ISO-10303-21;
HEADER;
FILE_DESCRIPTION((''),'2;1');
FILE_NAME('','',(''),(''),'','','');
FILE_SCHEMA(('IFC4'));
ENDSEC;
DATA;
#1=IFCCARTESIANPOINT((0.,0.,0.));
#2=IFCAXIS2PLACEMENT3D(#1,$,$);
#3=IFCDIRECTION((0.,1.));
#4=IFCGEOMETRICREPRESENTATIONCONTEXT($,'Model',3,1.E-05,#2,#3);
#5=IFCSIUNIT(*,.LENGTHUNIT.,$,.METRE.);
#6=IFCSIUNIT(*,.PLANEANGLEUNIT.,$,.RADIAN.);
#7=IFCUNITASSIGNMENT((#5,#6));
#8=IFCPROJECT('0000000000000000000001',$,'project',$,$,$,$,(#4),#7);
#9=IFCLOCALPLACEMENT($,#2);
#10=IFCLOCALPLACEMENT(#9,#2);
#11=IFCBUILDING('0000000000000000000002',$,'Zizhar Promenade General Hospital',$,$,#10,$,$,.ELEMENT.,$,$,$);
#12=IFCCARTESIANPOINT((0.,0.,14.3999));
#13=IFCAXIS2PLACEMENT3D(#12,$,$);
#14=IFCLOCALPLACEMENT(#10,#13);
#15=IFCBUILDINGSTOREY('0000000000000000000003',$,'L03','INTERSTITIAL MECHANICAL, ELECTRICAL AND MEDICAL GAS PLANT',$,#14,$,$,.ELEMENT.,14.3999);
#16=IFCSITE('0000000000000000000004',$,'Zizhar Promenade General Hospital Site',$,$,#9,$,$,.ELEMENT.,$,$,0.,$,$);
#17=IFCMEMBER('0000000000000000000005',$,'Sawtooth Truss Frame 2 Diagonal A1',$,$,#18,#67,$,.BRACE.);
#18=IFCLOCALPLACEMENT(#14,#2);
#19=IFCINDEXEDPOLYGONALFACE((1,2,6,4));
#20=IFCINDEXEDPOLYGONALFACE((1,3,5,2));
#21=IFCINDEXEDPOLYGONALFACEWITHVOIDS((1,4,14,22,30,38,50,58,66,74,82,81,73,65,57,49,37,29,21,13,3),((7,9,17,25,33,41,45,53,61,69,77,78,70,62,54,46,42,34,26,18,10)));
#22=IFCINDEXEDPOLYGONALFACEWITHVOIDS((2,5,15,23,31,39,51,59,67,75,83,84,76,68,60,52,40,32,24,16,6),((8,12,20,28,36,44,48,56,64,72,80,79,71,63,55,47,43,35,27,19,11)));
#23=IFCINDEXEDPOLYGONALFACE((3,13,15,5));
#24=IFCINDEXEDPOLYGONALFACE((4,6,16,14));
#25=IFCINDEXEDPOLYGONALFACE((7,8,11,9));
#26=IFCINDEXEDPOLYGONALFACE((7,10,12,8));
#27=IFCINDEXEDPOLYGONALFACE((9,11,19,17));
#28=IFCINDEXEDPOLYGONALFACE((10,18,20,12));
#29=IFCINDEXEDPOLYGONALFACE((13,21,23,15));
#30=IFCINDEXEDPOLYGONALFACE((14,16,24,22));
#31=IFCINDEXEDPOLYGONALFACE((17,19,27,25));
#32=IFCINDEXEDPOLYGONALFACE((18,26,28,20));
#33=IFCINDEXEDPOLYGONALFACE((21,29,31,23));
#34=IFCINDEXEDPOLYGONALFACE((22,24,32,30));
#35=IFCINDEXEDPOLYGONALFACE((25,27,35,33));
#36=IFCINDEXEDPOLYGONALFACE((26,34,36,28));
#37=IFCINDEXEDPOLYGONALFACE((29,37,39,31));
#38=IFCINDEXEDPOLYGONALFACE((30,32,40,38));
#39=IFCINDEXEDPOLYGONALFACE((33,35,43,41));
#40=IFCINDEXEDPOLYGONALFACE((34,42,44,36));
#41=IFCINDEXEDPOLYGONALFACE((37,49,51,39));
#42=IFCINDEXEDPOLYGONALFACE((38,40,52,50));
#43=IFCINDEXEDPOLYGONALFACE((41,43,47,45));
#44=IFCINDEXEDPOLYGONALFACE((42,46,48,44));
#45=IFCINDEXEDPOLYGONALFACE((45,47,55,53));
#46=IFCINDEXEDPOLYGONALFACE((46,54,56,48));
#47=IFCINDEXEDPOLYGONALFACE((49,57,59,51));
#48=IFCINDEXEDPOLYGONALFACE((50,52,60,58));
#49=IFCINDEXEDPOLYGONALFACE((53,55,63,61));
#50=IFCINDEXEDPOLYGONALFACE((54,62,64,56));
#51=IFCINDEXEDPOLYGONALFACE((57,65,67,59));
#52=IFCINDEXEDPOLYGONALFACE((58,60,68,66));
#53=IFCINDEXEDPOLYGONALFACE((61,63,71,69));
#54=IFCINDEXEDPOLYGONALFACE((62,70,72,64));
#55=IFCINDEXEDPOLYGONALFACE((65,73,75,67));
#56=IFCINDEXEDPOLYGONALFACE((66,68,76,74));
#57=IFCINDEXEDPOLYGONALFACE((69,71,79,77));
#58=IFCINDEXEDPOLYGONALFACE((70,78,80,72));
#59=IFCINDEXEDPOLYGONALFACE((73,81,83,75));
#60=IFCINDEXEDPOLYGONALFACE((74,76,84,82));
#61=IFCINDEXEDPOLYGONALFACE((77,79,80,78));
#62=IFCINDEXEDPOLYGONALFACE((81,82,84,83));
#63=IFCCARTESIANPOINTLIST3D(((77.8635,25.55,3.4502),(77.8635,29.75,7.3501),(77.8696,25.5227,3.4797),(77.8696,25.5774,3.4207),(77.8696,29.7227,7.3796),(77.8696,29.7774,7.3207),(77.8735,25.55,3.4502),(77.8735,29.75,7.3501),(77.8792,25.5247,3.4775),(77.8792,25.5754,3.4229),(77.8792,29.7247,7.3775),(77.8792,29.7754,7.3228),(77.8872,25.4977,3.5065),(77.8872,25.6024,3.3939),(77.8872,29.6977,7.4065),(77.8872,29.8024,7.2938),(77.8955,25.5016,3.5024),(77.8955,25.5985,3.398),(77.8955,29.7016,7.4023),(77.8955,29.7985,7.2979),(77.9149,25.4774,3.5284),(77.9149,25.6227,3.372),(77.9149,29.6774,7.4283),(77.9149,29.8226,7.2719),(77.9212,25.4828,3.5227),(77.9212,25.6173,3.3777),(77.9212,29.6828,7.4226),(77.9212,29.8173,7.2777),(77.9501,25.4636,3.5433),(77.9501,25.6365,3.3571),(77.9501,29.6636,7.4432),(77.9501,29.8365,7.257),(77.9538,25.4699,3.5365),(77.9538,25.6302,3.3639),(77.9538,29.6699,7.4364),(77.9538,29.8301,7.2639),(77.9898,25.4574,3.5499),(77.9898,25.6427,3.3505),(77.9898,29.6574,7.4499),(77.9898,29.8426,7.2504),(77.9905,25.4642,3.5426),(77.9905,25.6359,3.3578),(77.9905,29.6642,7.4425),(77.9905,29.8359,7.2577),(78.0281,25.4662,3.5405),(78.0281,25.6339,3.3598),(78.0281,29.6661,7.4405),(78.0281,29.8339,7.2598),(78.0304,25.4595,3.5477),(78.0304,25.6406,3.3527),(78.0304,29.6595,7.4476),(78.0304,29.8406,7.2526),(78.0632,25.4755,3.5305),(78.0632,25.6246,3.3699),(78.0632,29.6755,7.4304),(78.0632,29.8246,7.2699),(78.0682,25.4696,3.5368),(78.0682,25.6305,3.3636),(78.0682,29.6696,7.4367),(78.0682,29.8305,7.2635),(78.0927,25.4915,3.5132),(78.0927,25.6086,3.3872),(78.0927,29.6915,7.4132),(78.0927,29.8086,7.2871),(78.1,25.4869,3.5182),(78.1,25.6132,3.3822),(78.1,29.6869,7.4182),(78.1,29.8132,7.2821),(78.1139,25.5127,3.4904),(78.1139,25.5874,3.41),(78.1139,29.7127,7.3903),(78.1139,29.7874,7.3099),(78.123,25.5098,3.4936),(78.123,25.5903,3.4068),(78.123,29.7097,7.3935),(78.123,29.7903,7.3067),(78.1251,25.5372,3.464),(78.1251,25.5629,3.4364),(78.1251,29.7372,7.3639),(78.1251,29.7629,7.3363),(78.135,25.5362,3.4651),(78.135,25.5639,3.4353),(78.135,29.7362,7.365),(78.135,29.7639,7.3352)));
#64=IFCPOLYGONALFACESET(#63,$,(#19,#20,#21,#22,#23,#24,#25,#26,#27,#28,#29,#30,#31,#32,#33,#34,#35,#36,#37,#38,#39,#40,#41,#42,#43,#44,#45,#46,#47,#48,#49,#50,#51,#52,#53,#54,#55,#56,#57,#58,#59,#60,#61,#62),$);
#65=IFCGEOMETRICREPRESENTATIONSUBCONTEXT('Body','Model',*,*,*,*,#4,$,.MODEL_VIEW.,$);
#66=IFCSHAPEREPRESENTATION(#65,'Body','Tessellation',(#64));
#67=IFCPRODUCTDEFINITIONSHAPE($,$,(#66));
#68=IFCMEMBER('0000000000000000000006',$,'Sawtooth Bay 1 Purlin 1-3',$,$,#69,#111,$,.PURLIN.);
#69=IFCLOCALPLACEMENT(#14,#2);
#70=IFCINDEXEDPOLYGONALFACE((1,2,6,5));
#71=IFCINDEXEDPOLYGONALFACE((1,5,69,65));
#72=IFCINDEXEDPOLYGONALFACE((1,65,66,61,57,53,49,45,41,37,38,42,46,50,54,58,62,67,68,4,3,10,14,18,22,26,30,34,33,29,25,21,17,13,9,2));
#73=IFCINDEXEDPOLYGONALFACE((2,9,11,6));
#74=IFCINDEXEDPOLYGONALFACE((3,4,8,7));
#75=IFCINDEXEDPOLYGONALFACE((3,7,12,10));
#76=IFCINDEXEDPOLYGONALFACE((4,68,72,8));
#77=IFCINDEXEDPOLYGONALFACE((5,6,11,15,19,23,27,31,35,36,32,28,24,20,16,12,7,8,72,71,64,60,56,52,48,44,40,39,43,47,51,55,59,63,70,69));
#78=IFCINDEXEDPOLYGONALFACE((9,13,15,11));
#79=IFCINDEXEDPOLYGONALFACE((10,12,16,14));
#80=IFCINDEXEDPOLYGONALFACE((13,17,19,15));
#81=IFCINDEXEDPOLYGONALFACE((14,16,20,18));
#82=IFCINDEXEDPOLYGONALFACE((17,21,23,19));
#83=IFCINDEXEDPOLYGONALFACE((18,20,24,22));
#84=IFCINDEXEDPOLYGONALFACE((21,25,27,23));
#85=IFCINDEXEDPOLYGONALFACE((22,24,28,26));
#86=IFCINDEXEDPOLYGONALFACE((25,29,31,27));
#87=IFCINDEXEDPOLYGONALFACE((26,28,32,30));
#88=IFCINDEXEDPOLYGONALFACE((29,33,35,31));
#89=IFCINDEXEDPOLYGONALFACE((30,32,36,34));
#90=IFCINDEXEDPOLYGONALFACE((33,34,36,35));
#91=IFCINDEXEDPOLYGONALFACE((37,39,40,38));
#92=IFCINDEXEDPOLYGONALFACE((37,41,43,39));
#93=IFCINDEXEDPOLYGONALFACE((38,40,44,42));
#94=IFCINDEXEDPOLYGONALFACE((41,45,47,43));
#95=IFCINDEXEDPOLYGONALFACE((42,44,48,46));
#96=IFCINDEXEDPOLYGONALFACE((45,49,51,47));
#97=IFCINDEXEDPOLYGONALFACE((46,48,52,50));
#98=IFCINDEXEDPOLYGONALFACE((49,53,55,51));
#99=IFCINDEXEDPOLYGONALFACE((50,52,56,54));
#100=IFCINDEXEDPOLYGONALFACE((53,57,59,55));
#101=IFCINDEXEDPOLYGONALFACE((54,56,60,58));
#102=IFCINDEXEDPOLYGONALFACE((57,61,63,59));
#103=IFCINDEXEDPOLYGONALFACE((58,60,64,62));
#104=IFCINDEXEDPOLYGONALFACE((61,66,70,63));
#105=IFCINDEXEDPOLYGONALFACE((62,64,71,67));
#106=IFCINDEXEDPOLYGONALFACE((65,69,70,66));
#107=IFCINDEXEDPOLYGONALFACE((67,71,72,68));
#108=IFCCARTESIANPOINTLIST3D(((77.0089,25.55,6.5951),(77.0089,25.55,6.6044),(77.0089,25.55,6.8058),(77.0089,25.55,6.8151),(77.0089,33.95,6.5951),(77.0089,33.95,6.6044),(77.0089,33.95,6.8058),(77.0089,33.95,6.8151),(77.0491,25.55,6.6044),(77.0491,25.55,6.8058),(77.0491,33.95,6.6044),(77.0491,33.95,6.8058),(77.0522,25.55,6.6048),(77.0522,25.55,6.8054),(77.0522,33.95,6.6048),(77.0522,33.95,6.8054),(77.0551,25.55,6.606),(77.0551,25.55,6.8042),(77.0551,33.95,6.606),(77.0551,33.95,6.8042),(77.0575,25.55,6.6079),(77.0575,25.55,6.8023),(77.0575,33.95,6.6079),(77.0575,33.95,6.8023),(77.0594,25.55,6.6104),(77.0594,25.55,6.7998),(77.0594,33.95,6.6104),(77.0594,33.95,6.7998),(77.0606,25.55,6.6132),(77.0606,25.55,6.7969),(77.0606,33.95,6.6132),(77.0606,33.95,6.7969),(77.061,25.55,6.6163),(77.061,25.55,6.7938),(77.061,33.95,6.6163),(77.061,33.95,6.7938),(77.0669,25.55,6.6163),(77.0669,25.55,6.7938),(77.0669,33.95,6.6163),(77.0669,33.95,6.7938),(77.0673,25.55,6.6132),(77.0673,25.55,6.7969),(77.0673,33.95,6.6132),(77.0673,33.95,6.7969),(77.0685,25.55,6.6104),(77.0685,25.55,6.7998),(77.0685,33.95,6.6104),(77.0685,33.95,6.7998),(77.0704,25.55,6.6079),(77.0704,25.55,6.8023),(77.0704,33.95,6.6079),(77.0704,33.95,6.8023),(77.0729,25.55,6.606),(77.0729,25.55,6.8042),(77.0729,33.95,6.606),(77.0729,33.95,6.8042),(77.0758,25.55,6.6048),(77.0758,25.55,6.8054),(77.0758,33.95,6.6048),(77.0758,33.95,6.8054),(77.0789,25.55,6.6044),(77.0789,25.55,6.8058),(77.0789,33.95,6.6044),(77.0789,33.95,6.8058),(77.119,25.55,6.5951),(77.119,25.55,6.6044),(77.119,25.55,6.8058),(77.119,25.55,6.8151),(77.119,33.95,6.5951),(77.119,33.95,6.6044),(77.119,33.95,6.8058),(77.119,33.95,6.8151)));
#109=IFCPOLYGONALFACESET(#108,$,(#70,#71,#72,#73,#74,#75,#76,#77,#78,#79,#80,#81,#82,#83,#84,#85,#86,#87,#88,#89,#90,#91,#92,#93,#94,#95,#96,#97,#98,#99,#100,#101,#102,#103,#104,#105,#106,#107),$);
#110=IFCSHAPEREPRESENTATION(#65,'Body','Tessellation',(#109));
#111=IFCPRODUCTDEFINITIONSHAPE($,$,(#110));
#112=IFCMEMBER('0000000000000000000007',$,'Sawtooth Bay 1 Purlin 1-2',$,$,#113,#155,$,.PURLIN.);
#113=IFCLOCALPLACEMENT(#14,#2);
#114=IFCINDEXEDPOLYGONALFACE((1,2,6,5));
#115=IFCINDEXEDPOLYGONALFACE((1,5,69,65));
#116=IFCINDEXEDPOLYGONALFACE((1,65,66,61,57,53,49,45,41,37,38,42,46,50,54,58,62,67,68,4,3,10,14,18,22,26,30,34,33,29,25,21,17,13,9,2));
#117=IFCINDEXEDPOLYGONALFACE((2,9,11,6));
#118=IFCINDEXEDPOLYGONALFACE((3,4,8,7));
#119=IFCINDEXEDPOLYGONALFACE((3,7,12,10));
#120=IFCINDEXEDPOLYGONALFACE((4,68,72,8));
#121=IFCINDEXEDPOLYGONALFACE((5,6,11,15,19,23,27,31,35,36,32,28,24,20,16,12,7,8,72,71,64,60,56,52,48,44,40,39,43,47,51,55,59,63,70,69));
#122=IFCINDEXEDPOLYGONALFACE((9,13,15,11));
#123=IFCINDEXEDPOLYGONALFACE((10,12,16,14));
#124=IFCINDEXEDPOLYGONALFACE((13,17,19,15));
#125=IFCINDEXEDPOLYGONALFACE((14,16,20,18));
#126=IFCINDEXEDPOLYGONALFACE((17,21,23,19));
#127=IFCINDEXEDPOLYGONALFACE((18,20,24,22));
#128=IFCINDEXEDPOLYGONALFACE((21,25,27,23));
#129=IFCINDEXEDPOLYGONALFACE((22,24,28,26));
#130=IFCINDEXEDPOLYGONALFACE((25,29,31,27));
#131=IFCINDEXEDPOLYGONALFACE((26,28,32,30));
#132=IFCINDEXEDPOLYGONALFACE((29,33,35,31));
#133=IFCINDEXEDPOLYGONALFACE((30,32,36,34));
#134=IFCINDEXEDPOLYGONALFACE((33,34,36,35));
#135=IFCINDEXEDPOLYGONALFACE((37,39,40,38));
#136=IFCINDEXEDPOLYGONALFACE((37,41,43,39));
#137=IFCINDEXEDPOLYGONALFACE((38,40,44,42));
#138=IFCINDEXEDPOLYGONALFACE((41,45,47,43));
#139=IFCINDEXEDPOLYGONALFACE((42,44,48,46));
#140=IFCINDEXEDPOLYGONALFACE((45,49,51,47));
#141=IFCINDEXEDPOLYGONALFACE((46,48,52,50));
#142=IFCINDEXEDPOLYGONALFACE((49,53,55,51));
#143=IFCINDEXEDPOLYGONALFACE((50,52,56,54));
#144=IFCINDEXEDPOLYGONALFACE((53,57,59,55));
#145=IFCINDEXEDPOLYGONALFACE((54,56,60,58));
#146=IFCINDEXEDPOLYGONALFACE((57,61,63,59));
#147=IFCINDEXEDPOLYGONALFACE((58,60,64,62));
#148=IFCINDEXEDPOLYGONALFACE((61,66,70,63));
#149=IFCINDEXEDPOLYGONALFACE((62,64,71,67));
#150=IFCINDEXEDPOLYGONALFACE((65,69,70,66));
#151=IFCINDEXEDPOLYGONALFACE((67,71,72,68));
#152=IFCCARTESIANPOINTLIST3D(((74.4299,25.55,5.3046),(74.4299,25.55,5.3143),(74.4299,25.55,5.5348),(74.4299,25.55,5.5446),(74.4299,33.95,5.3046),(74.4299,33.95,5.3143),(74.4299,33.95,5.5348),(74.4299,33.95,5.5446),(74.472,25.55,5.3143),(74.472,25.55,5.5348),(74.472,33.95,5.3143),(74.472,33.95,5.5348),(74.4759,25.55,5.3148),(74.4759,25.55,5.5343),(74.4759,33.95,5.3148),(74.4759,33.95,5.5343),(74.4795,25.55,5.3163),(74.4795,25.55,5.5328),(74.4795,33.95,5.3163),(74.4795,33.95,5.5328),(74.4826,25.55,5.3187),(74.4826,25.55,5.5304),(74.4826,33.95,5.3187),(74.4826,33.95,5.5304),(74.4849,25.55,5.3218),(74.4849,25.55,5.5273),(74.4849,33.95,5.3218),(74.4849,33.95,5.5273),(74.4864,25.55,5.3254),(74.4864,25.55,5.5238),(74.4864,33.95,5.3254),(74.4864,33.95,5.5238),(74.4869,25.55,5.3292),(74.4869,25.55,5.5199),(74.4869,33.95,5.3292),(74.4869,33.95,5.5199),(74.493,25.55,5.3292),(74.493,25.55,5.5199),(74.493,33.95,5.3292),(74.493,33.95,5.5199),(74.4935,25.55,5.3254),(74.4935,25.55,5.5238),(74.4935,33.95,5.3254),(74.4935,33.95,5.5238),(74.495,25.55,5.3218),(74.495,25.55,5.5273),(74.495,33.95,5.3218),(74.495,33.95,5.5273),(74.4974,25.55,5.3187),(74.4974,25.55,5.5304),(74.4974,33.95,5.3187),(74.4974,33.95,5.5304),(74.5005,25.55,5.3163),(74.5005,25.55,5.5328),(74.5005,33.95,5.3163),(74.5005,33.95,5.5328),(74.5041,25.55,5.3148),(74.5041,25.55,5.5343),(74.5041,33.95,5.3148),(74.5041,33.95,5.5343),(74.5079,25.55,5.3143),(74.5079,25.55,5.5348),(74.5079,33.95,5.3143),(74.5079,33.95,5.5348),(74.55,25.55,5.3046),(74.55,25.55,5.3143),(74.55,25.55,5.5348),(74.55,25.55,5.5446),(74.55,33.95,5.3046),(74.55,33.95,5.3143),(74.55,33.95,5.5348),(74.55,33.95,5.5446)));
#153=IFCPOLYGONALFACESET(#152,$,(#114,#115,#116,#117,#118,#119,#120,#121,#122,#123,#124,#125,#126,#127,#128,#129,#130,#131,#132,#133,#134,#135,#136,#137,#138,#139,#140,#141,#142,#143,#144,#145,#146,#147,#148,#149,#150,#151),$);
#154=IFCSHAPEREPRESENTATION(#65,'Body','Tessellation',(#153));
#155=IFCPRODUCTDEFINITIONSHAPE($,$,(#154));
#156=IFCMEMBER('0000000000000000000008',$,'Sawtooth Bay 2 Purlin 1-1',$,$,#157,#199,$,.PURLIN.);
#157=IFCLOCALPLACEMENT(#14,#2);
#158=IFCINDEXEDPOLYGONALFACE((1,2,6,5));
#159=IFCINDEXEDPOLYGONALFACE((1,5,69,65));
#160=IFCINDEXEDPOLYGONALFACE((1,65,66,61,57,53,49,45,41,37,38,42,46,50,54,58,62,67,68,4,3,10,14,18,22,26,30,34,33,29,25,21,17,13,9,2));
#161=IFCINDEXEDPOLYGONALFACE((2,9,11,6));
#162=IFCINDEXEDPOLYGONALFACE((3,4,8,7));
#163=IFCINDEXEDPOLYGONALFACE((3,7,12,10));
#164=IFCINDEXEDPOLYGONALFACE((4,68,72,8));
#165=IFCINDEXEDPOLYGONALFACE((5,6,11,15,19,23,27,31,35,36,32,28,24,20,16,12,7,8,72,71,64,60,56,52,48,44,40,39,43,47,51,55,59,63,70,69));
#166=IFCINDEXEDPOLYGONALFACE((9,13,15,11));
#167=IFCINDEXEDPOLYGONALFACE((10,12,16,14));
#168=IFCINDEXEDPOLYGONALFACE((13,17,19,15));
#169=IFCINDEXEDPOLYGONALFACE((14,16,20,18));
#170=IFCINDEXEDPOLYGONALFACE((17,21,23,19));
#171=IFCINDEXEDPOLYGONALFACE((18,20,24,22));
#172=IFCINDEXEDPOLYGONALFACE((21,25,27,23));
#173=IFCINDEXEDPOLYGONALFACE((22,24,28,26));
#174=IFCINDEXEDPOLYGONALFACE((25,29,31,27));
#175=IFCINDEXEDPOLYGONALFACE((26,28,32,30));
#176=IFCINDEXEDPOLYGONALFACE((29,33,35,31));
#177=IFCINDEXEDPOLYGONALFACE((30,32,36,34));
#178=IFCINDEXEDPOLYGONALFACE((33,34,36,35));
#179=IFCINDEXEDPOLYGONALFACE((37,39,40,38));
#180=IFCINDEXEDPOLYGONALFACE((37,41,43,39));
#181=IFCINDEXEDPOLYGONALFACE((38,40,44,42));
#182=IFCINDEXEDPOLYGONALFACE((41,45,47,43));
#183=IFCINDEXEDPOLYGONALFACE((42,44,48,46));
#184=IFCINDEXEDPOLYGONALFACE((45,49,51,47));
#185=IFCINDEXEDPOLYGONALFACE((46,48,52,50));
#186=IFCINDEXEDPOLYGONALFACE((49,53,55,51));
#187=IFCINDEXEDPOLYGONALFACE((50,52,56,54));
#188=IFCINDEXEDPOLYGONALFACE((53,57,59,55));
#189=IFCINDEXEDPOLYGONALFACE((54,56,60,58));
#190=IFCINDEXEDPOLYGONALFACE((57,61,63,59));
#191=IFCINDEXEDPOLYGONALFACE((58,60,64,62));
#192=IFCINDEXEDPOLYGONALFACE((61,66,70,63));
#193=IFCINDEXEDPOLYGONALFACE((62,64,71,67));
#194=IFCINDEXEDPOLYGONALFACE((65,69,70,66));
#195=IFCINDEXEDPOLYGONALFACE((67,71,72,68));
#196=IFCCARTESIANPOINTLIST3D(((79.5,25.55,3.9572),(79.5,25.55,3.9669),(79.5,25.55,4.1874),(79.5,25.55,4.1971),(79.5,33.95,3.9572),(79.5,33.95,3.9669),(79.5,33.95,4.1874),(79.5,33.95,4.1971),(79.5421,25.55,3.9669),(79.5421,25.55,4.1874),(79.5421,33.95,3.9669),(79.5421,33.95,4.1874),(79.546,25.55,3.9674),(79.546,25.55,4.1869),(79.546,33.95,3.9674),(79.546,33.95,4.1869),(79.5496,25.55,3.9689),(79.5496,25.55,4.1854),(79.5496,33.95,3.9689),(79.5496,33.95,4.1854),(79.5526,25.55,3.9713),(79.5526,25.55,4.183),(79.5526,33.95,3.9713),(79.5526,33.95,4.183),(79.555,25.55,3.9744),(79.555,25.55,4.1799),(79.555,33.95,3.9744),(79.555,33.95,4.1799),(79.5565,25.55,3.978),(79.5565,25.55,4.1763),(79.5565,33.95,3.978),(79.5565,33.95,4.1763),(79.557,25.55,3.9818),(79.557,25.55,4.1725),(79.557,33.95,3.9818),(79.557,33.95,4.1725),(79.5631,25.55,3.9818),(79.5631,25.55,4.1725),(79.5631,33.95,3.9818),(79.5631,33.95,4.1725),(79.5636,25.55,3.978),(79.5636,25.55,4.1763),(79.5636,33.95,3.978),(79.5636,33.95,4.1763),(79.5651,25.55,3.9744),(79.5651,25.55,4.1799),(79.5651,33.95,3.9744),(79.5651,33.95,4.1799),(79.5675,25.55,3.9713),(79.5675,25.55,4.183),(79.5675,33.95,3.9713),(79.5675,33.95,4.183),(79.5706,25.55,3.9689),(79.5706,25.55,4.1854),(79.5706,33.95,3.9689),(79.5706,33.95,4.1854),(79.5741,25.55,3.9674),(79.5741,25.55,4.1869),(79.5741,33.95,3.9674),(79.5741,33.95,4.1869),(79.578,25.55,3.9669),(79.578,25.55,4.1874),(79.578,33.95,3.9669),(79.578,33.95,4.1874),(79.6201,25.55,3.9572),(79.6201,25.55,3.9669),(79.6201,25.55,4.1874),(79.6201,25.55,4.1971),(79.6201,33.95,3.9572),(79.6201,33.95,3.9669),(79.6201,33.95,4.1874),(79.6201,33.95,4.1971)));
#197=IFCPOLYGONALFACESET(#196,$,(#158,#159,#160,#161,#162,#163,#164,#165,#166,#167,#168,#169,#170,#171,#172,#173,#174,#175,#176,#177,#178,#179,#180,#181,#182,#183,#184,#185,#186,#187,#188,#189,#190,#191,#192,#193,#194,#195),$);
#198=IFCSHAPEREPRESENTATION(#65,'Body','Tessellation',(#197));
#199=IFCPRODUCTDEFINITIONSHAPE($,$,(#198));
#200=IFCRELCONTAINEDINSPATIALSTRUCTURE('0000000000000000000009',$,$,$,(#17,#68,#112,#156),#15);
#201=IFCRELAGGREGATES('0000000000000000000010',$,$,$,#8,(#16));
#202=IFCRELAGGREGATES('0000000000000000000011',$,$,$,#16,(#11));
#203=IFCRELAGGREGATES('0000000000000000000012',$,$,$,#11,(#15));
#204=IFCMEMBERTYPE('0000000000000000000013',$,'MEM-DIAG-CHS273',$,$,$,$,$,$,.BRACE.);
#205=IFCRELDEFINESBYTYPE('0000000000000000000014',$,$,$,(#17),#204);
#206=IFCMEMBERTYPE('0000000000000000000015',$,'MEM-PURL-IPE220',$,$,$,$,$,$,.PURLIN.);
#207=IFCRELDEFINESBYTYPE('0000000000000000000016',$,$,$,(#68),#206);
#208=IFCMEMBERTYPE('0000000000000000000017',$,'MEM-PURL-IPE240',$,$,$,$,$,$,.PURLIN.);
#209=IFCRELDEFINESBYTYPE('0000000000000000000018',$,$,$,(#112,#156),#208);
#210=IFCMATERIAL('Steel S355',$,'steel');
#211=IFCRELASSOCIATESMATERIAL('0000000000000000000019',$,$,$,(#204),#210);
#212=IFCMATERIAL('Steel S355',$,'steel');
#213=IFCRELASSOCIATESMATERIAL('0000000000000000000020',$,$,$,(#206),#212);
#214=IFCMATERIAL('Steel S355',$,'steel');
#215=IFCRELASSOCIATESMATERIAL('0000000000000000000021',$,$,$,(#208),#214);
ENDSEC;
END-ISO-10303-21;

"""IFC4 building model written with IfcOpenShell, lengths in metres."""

from ifc_helpers import new_model, si_unit, direction, frame, origin, origin_2d, place, context, subcontext, project, spatial, hollow_circle, i_section, extrude, material, material_profile, profile_set, type_object, element, save


model = new_model("IFC4")

# Units and contexts
model_context = context("Model", 3, precision=1e-05, world=origin(), true_north=direction((0.0, 1.0)))
body_context = subcontext(model_context, "Body", "Model", "MODEL_VIEW")
ifc_project = project(units=[si_unit("LENGTHUNIT", "METRE"), si_unit("PLANEANGLEUNIT", "RADIAN")], contexts=[model_context])

# Site, building, storey
site_placement = place(None, origin())
site = spatial("IfcSite", under=ifc_project, at=site_placement, Name="Zizhar Promenade General Hospital Site", CompositionType="ELEMENT", RefElevation=0.0)
building_placement = place(site_placement, origin())
building = spatial("IfcBuilding", under=site, at=building_placement, Name="Zizhar Promenade General Hospital", CompositionType="ELEMENT")
storey_placement = place(building_placement, frame((0.0, 0.0, 14.3999)))
storey = spatial("IfcBuildingStorey", under=building, at=storey_placement, Name="L03", Description="INTERSTITIAL MECHANICAL, ELECTRICAL AND MEDICAL GAS PLANT", CompositionType="ELEMENT", Elevation=14.3999)

# Members
ifc_material_1 = material(Name="Steel S355", Category="steel")
ifc_material_profile_1 = material_profile(ifc_material_1, hollow_circle(Radius=0.1365, WallThickness=0.01, at=origin_2d()))
ifc_profile_set_1 = profile_set([ifc_material_profile_1], Name="Steel S355")
member_type_1 = type_object("IfcMemberType", Name="MEM-DIAG-CHS273", PredefinedType="BRACE", material=ifc_profile_set_1)
member_1_placement = place(storey_placement, frame((78.0, 25.55, 3.4502), z_axis=(0.0, 0.732798, 0.680446), x_axis=(-1.0, 0.0, 0.0)))
element("IfcMember", 1, at=member_1_placement, inside=storey, type_object=member_type_1, Name="Sawtooth Truss Frame 2 Diagonal A1", PredefinedType="BRACE", context=body_context, shape_type="SweptSolid", body=[
    extrude(hollow_circle(Radius=0.1365, WallThickness=0.01, at=origin_2d()), origin(), (0.0, 0.0, 1.0), 5.7314),
])
ifc_material_2 = material(Name="Steel S355", Category="steel")
ifc_material_profile_2 = material_profile(ifc_material_2, i_section(OverallWidth=0.1101, OverallDepth=0.22, WebThickness=0.0059, FlangeThickness=0.0093, FilletRadius=0.012, at=origin_2d()))
ifc_profile_set_2 = profile_set([ifc_material_profile_2], Name="Steel S355")
member_type_2 = type_object("IfcMemberType", Name="MEM-PURL-IPE220", PredefinedType="PURLIN", material=ifc_profile_set_2)
member_2_placement = place(storey_placement, frame((77.064, 25.55, 6.7051), z_axis=(0.0, 1.0, 0.0), x_axis=(-1.0, 0.0, 0.0)))
element("IfcMember", 2, at=member_2_placement, inside=storey, type_object=member_type_2, Name="Sawtooth Bay 1 Purlin 1-3", PredefinedType="PURLIN", context=body_context, shape_type="SweptSolid", body=[
    extrude(i_section(OverallWidth=0.1101, OverallDepth=0.22, WebThickness=0.0059, FlangeThickness=0.0093, FilletRadius=0.012, at=origin_2d()), origin(), (0.0, 0.0, 1.0), 8.3999),
])
ifc_material_3 = material(Name="Steel S355", Category="steel")
ifc_material_profile_3 = material_profile(ifc_material_3, i_section(OverallWidth=0.1201, OverallDepth=0.24, WebThickness=0.0061, FlangeThickness=0.0098, FilletRadius=0.0149, at=origin_2d()))
ifc_profile_set_3 = profile_set([ifc_material_profile_3], Name="Steel S355")
member_type_3 = type_object("IfcMemberType", Name="MEM-PURL-IPE240", PredefinedType="PURLIN", material=ifc_profile_set_3)
for number, where, z_axis, x_axis, name in (
    (3, (74.49, 25.55, 5.4246), (0.0, 1.0, 0.0), (-1.0, 0.0, 0.0), "Sawtooth Bay 1 Purlin 1-2"),
    (4, (79.5601, 25.55, 4.0771), (0.0, 1.0, 0.0), (-1.0, 0.0, 0.0), "Sawtooth Bay 2 Purlin 1-1"),
):
    element("IfcMember", number, at=place(storey_placement, frame(where, z_axis=z_axis, x_axis=x_axis)), inside=storey, type_object=member_type_3, Name=name, PredefinedType="PURLIN", context=body_context, shape_type="SweptSolid", body=[
        extrude(i_section(OverallWidth=0.1201, OverallDepth=0.24, WebThickness=0.0061, FlangeThickness=0.0098, FilletRadius=0.0149, at=origin_2d()), origin(), (0.0, 0.0, 1.0), 8.3999),
    ])

save(model, "model.ifc")
